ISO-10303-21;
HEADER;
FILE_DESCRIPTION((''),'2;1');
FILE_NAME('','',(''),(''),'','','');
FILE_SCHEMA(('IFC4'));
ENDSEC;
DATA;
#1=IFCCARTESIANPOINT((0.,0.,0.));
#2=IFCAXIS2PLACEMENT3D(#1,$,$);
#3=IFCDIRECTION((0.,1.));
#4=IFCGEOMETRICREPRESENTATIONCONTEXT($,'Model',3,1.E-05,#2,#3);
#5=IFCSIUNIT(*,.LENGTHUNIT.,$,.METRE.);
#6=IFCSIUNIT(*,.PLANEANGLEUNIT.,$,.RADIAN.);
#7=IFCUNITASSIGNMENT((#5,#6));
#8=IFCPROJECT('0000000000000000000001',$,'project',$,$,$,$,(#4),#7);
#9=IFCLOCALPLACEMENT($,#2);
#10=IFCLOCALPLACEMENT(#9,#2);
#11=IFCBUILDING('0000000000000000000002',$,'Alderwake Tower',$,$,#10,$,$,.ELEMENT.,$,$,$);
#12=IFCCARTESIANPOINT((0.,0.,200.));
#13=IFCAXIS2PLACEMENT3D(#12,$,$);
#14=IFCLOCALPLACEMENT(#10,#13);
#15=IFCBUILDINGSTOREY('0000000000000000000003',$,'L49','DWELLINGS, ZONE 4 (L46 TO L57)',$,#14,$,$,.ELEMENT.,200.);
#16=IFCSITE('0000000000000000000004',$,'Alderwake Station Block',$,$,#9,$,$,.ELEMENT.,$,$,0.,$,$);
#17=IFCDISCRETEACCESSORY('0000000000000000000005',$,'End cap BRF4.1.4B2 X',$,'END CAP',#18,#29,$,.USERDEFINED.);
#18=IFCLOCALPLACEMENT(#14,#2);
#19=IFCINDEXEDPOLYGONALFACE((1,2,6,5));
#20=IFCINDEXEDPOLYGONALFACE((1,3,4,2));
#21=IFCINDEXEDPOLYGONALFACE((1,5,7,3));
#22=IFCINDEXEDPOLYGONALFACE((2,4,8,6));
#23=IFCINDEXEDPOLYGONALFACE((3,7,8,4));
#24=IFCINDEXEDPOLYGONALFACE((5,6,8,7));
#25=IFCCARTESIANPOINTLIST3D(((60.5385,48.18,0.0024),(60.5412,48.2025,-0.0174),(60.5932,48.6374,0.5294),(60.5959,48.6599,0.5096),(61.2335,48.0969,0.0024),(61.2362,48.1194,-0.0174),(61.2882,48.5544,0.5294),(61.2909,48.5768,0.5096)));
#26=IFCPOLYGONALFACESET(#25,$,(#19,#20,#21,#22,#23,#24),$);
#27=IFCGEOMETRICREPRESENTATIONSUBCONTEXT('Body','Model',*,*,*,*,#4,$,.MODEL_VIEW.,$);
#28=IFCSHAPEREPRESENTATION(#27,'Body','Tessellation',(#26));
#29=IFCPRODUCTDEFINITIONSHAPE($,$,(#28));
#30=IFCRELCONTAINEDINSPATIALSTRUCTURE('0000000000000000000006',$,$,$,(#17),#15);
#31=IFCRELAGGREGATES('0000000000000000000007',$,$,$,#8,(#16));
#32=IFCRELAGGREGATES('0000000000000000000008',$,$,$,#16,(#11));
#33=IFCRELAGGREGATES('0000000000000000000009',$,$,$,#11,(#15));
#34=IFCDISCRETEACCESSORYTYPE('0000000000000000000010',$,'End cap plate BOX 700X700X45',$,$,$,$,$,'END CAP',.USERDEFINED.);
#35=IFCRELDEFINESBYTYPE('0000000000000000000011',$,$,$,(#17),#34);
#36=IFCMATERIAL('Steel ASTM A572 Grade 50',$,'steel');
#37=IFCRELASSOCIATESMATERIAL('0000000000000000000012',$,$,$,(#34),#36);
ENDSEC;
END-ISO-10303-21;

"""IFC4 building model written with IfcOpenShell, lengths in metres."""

from ifc_helpers import new_model, si_unit, direction, frame, origin, origin_2d, place, context, subcontext, project, spatial, rectangle, extrude, material, material_profile, profile_set, type_object, element, save


model = new_model("IFC4")

# Units and contexts
model_context = context("Model", 3, precision=1e-05, world=origin(), true_north=direction((0.0, 1.0)))
body_context = subcontext(model_context, "Body", "Model", "MODEL_VIEW")
ifc_project = project(units=[si_unit("LENGTHUNIT", "METRE"), si_unit("PLANEANGLEUNIT", "RADIAN")], contexts=[model_context])

# Site, building, storey
site_placement = place(None, origin())
site = spatial("IfcSite", under=ifc_project, at=site_placement, Name="Alderwake Station Block", CompositionType="ELEMENT", RefElevation=0.0)
building_placement = place(site_placement, origin())
building = spatial("IfcBuilding", under=site, at=building_placement, Name="Alderwake Tower", CompositionType="ELEMENT")
storey_placement = place(building_placement, frame((0.0, 0.0, 200.0)))
storey = spatial("IfcBuildingStorey", under=building, at=storey_placement, Name="L49", Description="DWELLINGS, ZONE 4 (L46 TO L57)", CompositionType="ELEMENT", Elevation=200.0)

# Discrete accessory
ifc_material_1 = material(Name="Steel ASTM A572 Grade 50", Category="steel")
ifc_material_profile_1 = material_profile(ifc_material_1, rectangle(XDim=0.7, YDim=0.7, at=origin_2d()), Name="BOX 700X700X45 cap")
ifc_profile_set_1 = profile_set([ifc_material_profile_1], Name="Steel ASTM A572 Grade 50")
discrete_accessory_type = type_object("IfcDiscreteAccessoryType", Name="End cap plate BOX 700X700X45", ElementType="END CAP", PredefinedType="USERDEFINED", material=ifc_profile_set_1)
discrete_accessory_placement = place(storey_placement, frame((60.9133, 48.3672, 0.2659), z_axis=(0.089381, 0.747548, -0.658167), x_axis=(-0.992928, 0.11872, 0.0)))
element("IfcDiscreteAccessory", 1, at=discrete_accessory_placement, inside=storey, type_object=discrete_accessory_type, Name="End cap BRF4.1.4B2 X", ObjectType="END CAP", PredefinedType="USERDEFINED", context=body_context, shape_type="SweptSolid", body=[
    extrude(rectangle(XDim=0.7, YDim=0.7, at=origin_2d()), origin(), (0.0, 0.0, 1.0), 0.03),
])

save(model, "model.ifc")
